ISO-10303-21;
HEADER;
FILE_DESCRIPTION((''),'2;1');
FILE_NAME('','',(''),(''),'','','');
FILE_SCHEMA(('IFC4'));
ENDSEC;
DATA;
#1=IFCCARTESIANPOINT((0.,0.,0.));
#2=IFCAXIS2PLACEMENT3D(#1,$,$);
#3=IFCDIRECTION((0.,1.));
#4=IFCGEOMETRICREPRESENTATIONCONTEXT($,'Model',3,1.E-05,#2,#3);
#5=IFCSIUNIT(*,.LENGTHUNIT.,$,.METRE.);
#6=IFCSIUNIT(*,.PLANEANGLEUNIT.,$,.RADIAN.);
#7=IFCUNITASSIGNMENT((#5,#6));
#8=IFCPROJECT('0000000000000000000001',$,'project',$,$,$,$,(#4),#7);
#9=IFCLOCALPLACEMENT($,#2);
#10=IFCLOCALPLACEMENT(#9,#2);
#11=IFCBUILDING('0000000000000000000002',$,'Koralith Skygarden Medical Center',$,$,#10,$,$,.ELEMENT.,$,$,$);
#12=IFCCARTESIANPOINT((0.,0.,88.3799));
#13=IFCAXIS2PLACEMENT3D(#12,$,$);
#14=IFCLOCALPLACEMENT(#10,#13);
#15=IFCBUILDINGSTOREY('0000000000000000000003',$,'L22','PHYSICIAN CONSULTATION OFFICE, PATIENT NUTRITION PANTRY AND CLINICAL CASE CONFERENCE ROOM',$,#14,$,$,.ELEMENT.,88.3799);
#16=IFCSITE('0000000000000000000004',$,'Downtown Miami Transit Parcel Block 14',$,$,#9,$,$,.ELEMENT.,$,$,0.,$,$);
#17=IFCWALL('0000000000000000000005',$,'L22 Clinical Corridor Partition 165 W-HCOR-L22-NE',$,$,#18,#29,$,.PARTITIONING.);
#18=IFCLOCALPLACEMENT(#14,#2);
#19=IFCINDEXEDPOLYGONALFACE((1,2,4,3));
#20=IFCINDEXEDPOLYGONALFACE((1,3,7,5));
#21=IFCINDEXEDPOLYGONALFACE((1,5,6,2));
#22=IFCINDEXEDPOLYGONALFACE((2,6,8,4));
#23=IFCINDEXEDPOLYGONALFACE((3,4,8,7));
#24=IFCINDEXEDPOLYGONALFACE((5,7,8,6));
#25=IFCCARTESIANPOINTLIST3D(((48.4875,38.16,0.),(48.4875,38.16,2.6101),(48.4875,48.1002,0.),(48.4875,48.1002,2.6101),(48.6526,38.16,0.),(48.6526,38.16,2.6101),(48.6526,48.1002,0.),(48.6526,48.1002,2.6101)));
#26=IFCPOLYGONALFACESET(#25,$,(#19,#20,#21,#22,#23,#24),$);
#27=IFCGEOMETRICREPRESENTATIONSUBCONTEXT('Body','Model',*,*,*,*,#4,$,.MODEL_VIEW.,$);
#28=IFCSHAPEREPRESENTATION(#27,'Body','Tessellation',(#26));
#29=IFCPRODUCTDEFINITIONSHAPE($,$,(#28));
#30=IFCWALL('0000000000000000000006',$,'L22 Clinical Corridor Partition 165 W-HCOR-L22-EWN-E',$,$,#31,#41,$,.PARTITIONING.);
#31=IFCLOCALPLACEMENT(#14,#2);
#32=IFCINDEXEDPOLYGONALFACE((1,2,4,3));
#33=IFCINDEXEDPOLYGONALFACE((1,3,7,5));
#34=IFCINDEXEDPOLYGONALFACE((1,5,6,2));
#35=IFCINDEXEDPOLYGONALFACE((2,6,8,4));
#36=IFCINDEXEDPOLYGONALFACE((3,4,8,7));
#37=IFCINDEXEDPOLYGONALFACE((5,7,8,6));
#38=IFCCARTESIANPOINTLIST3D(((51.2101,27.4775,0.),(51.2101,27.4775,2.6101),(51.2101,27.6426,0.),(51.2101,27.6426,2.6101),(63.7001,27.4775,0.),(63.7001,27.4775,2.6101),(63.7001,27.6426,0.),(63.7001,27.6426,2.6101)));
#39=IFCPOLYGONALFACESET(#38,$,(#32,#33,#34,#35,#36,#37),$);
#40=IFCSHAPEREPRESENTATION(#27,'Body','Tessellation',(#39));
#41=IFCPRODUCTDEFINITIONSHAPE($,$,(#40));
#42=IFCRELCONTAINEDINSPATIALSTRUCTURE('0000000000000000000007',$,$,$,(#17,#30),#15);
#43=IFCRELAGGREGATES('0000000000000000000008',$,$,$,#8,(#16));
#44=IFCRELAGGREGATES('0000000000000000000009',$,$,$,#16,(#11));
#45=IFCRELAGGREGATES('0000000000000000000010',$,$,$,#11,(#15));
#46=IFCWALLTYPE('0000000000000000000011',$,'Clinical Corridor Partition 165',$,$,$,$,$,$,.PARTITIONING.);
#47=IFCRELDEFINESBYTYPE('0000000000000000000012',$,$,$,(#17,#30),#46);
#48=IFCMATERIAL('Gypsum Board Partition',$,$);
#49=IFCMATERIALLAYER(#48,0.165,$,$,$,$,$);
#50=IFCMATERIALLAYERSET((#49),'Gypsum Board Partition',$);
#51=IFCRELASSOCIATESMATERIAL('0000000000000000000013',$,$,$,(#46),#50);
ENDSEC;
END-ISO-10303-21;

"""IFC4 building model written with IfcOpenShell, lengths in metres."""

from ifc_helpers import new_model, si_unit, direction, frame, frame_2d, origin, place, context, subcontext, project, spatial, rectangle, extrude, material, layer, layer_set, type_object, element, save


model = new_model("IFC4")

# Units and contexts
model_context = context("Model", 3, precision=1e-05, world=origin(), true_north=direction((0.0, 1.0)))
body_context = subcontext(model_context, "Body", "Model", "MODEL_VIEW")
ifc_project = project(units=[si_unit("LENGTHUNIT", "METRE"), si_unit("PLANEANGLEUNIT", "RADIAN")], contexts=[model_context])

# Site, building, storey
site_placement = place(None, origin())
site = spatial("IfcSite", under=ifc_project, at=site_placement, Name="Downtown Miami Transit Parcel Block 14", CompositionType="ELEMENT", RefElevation=0.0)
building_placement = place(site_placement, origin())
building = spatial("IfcBuilding", under=site, at=building_placement, Name="Koralith Skygarden Medical Center", CompositionType="ELEMENT")
storey_placement = place(building_placement, frame((0.0, 0.0, 88.3799)))
storey = spatial("IfcBuildingStorey", under=building, at=storey_placement, Name="L22", Description="PHYSICIAN CONSULTATION OFFICE, PATIENT NUTRITION PANTRY AND CLINICAL CASE CONFERENCE ROOM", CompositionType="ELEMENT", Elevation=88.3799)

# Walls
ifc_material_1 = material(Name="Gypsum Board Partition")
ifc_layer_1 = layer(ifc_material_1, 0.165)
ifc_layer_set_1 = layer_set([ifc_layer_1], Name="Gypsum Board Partition")
wall_type_1 = type_object("IfcWallType", Name="Clinical Corridor Partition 165", PredefinedType="PARTITIONING", material=ifc_layer_set_1)
wall_1_placement = place(storey_placement, frame((48.5701, 38.1599, 0.0), z_axis=(0.0, 0.0, 1.0), x_axis=(0.0, 1.0, 0.0)))
element("IfcWall", 1, at=wall_1_placement, inside=storey, type_object=wall_type_1, Name="L22 Clinical Corridor Partition 165 W-HCOR-L22-NE", PredefinedType="PARTITIONING", context=body_context, shape_type="SweptSolid", body=[
    extrude(rectangle(XDim=9.9402, YDim=0.165, at=frame_2d((4.9702, 0.0))), origin(), (0.0, 0.0, 1.0), 2.6101),
])
wall_2_placement = place(storey_placement, frame((51.21, 27.5601, 0.0), z_axis=(0.0, 0.0, 1.0), x_axis=(1.0, 0.0, 0.0)))
element("IfcWall", 2, at=wall_2_placement, inside=storey, type_object=wall_type_1, Name="L22 Clinical Corridor Partition 165 W-HCOR-L22-EWN-E", PredefinedType="PARTITIONING", context=body_context, shape_type="SweptSolid", body=[
    extrude(rectangle(XDim=12.49, YDim=0.165, at=frame_2d((6.2451, 0.0))), origin(), (0.0, 0.0, 1.0), 2.6101),
])

save(model, "model.ifc")
